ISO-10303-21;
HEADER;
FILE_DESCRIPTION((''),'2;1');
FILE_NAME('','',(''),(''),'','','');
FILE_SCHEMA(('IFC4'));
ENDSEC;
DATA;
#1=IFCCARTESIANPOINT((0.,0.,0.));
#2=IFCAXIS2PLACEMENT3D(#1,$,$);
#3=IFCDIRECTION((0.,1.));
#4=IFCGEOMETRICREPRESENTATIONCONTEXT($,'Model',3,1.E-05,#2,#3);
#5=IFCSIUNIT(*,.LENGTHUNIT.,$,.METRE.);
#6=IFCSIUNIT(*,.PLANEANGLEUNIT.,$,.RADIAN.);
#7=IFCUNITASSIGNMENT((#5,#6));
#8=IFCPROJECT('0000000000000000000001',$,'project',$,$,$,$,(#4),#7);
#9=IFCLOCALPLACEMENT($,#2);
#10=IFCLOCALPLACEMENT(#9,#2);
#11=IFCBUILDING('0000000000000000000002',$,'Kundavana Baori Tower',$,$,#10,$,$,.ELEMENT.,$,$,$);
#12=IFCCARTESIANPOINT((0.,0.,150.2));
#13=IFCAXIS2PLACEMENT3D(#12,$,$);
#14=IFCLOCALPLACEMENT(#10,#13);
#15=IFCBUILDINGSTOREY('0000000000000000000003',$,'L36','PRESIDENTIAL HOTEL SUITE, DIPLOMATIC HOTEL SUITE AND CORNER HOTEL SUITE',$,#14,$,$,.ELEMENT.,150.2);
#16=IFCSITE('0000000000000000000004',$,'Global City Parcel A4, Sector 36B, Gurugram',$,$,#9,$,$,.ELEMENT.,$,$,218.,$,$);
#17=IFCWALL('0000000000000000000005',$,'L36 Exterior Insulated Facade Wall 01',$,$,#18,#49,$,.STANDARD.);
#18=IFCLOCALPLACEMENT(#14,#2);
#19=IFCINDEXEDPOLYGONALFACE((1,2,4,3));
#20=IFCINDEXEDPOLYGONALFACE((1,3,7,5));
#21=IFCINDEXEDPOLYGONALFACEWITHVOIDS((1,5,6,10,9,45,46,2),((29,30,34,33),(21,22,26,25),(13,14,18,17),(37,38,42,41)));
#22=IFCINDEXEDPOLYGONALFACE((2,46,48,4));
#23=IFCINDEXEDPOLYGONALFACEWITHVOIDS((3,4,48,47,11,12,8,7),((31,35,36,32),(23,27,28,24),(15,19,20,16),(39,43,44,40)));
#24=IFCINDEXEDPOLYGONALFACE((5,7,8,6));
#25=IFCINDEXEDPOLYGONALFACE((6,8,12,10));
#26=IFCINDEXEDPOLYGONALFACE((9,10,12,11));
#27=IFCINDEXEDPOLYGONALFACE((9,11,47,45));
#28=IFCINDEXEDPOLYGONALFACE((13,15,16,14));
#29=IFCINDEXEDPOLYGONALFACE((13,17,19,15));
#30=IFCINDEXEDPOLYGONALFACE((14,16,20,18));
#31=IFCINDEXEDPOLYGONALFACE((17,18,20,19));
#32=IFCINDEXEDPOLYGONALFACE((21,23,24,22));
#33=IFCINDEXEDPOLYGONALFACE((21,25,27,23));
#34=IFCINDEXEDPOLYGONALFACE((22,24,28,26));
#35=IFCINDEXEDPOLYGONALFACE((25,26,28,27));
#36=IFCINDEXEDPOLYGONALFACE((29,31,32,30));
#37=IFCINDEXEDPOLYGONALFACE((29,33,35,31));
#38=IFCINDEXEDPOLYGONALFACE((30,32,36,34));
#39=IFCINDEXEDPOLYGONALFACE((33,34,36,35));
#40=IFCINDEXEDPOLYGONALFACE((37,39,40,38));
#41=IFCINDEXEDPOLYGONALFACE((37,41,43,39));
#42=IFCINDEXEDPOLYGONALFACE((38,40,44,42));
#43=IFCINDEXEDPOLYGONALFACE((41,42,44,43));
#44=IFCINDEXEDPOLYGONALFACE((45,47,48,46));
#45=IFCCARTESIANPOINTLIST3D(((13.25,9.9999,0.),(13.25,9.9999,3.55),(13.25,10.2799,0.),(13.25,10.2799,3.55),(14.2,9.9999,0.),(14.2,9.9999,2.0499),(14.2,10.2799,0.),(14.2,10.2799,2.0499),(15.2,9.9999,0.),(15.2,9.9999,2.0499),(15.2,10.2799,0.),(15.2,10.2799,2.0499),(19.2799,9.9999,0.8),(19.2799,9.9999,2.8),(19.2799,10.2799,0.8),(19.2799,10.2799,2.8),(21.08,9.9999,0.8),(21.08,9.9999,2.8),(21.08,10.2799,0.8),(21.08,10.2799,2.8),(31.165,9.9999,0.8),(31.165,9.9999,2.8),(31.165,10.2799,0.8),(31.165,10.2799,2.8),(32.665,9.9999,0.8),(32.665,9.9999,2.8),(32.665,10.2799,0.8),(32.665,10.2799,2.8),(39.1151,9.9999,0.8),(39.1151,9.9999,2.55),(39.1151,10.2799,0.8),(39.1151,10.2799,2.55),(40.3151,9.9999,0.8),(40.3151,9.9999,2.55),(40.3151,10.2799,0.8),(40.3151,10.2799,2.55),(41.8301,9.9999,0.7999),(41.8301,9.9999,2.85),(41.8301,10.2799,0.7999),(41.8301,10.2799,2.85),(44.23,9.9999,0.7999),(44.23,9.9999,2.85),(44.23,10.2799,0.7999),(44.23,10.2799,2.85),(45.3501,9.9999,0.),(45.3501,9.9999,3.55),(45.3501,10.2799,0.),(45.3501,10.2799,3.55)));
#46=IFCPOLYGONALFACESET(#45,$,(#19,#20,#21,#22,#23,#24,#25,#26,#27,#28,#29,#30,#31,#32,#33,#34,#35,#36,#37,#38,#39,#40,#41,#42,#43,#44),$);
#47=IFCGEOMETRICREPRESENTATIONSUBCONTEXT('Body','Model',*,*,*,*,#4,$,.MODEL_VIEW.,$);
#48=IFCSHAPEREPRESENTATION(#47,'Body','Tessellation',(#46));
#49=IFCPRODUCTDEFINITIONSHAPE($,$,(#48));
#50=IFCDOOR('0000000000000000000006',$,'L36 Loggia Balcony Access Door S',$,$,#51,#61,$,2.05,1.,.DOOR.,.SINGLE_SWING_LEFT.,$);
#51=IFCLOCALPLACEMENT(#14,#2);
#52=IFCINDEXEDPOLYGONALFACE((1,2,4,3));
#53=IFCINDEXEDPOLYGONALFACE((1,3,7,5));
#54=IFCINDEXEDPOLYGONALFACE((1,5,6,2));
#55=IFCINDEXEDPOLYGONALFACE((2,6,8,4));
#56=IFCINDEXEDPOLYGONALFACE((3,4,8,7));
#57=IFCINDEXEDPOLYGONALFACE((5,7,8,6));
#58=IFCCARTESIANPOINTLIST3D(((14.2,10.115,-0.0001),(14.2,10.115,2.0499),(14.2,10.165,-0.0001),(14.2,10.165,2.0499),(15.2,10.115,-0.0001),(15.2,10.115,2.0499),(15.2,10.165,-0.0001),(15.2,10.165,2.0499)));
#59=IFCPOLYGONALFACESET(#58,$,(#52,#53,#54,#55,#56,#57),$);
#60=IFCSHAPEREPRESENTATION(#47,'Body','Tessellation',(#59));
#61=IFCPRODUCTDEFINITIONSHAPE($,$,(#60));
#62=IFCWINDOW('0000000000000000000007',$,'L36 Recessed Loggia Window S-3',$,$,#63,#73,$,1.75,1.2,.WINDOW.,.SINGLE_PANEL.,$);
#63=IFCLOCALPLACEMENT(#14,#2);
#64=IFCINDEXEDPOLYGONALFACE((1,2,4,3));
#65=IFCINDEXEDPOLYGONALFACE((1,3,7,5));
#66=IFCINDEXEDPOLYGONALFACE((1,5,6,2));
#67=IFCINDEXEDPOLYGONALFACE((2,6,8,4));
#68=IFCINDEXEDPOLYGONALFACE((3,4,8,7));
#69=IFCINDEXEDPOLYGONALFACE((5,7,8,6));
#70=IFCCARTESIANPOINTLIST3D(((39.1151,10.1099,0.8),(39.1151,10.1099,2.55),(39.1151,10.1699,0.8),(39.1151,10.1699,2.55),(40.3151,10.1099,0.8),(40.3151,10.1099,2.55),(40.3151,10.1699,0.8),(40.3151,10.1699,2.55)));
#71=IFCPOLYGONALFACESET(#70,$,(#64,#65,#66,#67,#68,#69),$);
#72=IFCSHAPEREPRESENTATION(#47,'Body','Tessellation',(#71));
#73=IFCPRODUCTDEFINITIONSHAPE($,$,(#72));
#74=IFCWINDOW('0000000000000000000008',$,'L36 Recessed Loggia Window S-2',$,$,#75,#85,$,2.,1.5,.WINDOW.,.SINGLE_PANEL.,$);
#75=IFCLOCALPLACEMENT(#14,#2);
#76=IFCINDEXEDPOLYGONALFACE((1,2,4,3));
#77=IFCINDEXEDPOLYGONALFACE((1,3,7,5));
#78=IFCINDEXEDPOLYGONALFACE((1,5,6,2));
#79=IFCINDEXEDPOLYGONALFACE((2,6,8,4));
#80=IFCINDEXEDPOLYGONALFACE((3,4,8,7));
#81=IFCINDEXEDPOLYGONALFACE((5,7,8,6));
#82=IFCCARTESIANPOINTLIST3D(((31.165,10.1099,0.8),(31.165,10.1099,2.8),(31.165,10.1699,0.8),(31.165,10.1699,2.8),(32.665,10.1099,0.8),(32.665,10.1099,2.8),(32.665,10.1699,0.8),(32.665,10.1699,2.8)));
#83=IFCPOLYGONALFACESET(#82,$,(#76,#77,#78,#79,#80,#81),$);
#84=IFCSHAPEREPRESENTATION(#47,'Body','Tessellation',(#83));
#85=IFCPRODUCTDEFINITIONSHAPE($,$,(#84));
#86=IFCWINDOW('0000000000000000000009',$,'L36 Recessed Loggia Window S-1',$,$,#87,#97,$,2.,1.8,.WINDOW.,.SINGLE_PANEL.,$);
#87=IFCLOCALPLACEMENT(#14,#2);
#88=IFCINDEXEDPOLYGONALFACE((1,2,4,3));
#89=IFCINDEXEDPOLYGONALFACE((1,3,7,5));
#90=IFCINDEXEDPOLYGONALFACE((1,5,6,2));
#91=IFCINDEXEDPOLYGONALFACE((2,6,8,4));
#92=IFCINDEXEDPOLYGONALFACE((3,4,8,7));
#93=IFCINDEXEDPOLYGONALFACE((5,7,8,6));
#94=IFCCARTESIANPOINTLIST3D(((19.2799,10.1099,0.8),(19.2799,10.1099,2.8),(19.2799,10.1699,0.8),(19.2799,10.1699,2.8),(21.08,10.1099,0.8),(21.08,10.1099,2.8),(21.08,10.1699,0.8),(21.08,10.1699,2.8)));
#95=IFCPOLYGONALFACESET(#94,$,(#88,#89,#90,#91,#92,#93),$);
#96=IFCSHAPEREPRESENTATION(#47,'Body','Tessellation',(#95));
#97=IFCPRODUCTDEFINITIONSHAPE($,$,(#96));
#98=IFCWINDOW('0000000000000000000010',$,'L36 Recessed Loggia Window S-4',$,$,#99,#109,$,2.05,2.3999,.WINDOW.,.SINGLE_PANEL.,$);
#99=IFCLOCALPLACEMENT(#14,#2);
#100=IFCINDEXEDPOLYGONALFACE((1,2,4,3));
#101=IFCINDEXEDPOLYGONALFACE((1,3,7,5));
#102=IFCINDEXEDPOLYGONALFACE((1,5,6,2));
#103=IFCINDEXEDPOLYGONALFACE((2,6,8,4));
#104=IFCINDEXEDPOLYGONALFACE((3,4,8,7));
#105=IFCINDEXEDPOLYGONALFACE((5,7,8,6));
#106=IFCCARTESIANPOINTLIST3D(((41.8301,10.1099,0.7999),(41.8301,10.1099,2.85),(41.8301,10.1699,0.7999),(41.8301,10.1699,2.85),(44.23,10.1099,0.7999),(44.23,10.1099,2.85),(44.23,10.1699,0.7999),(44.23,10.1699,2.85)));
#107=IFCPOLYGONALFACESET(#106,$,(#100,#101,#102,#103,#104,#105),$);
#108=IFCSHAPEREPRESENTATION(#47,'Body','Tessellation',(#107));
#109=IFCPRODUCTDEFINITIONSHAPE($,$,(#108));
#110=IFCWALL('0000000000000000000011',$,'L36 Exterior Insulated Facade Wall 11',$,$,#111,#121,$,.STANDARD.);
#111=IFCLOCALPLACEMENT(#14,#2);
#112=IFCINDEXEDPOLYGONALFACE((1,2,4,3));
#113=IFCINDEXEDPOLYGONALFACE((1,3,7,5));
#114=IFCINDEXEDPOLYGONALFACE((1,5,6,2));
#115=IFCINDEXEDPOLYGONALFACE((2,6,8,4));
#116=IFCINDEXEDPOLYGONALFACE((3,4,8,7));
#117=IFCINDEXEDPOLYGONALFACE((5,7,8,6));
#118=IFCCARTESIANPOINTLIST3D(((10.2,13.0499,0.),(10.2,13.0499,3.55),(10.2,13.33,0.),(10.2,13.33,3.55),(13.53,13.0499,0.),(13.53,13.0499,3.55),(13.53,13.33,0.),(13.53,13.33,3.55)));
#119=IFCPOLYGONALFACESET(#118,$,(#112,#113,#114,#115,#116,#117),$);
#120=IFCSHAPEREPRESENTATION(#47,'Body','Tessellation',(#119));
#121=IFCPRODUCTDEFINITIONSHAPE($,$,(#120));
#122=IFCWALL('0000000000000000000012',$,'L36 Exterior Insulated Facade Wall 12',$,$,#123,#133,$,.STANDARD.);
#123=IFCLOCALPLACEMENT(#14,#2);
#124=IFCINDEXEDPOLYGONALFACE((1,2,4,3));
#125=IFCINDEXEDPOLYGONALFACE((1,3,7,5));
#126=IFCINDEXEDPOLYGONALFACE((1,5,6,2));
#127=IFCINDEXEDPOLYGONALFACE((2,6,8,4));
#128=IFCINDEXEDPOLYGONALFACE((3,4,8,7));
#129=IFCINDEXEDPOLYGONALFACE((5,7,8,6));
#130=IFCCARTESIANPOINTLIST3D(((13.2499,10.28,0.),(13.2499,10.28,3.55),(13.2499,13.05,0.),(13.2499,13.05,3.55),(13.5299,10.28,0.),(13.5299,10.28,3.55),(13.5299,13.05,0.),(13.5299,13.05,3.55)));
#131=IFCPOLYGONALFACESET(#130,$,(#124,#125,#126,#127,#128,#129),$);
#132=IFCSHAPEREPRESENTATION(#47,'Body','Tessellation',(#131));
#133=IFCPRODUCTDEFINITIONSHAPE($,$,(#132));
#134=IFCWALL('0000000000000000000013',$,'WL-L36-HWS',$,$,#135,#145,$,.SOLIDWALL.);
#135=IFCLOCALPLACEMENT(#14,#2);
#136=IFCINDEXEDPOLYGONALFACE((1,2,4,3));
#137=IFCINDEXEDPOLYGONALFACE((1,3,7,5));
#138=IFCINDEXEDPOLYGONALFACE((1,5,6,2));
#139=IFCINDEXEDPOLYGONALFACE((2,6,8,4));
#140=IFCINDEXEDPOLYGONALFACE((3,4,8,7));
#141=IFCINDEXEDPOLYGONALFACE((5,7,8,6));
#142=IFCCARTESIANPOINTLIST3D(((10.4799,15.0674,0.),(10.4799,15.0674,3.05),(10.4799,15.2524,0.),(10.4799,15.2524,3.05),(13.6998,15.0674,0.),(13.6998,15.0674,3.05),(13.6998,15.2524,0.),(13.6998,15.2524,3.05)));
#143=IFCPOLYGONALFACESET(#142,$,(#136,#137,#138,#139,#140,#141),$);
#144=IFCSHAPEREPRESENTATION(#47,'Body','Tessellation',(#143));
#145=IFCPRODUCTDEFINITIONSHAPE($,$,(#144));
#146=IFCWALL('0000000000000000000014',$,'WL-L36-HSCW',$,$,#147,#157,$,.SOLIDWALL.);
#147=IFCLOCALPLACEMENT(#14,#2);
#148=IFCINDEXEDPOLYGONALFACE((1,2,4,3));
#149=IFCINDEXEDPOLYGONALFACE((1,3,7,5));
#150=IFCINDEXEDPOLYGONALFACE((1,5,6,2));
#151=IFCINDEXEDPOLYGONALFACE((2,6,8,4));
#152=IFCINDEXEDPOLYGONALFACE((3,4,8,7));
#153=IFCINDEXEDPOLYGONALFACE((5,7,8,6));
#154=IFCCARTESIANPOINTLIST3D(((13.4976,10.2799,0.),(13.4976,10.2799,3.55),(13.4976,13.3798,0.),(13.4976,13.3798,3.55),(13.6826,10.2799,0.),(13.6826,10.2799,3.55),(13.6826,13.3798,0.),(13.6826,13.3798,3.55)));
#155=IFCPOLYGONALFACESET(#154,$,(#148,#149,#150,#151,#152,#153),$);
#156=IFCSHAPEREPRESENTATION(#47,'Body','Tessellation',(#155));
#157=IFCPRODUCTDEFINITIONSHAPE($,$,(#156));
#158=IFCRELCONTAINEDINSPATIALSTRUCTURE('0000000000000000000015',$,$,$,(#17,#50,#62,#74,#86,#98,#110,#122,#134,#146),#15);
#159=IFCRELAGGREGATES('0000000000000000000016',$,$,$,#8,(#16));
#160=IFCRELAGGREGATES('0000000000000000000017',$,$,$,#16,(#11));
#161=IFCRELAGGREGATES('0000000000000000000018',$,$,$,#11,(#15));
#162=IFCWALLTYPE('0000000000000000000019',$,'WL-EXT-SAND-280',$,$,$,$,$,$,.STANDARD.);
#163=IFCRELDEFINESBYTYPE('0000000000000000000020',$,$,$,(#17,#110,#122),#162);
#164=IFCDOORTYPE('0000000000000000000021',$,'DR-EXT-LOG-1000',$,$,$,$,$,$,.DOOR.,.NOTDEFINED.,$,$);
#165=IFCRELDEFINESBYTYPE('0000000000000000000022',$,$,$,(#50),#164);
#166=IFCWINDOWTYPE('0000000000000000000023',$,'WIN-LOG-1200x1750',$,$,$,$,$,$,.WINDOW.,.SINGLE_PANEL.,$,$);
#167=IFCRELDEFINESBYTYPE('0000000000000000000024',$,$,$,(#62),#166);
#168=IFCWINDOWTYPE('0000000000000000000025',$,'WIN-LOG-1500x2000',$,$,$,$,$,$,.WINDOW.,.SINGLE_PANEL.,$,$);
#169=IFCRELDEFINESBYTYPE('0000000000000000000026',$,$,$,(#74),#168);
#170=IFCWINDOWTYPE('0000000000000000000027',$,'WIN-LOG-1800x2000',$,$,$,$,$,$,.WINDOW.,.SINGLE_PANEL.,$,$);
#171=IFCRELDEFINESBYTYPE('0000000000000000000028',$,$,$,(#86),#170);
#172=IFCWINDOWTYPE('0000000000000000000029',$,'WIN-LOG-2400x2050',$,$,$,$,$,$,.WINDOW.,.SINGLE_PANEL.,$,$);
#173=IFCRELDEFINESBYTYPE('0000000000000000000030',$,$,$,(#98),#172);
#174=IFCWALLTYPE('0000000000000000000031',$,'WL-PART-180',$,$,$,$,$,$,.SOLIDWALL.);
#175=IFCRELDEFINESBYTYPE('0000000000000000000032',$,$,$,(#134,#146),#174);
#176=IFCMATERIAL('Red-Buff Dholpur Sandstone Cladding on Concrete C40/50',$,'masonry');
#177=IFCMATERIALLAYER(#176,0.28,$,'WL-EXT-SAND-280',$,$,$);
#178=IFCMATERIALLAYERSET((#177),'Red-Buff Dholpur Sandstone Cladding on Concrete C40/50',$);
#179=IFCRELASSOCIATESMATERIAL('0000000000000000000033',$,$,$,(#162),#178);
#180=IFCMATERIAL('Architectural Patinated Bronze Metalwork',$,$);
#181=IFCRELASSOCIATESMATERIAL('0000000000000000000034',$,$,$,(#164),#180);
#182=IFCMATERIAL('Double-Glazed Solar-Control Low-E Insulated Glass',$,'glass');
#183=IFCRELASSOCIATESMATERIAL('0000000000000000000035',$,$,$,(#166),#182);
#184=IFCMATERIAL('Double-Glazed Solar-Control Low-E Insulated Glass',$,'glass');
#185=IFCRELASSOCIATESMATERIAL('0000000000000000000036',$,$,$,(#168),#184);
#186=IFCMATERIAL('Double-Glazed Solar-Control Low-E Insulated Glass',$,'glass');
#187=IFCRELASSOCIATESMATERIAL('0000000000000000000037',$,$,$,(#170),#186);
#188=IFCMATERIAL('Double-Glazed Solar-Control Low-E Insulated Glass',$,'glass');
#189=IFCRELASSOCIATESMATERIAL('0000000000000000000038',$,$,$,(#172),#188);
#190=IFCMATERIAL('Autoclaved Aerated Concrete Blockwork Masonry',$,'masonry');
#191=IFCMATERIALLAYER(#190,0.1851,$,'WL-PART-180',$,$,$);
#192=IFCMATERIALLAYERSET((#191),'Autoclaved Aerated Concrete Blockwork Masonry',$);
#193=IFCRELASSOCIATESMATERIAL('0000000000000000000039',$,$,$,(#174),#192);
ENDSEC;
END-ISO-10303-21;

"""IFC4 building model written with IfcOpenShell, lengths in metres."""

from ifc_helpers import new_model, si_unit, direction, frame, frame_2d, origin, place, context, subcontext, project, spatial, rectangle, extrude, material, layer, layer_set, type_object, element, fill, save


model = new_model("IFC4")

# Units and contexts
model_context = context("Model", 3, precision=1e-05, world=origin(), true_north=direction((0.0, 1.0)))
body_context = subcontext(model_context, "Body", "Model", "MODEL_VIEW")
ifc_project = project(units=[si_unit("LENGTHUNIT", "METRE"), si_unit("PLANEANGLEUNIT", "RADIAN")], contexts=[model_context])

# Site, building, storey
site_placement = place(None, origin())
site = spatial("IfcSite", under=ifc_project, at=site_placement, Name="Global City Parcel A4, Sector 36B, Gurugram", CompositionType="ELEMENT", RefElevation=218.0)
building_placement = place(site_placement, origin())
building = spatial("IfcBuilding", under=site, at=building_placement, Name="Kundavana Baori Tower", CompositionType="ELEMENT")
storey_placement = place(building_placement, frame((0.0, 0.0, 150.2)))
storey = spatial("IfcBuildingStorey", under=building, at=storey_placement, Name="L36", Description="PRESIDENTIAL HOTEL SUITE, DIPLOMATIC HOTEL SUITE AND CORNER HOTEL SUITE", CompositionType="ELEMENT", Elevation=150.2)

# Wall, openings, door, windows
ifc_material_1 = material(Name="Red-Buff Dholpur Sandstone Cladding on Concrete C40/50", Category="masonry")
ifc_layer_1 = layer(ifc_material_1, 0.28, Name="WL-EXT-SAND-280")
ifc_layer_set_1 = layer_set([ifc_layer_1], Name="Red-Buff Dholpur Sandstone Cladding on Concrete C40/50")
wall_type_1 = type_object("IfcWallType", Name="WL-EXT-SAND-280", PredefinedType="STANDARD", material=ifc_layer_set_1)
wall_1_placement = place(storey_placement, frame((13.25, 10.1399, 0.0), z_axis=(0.0, 0.0, 1.0), x_axis=(1.0, 0.0, 0.0)))
wall_1 = element("IfcWall", 1, at=wall_1_placement, inside=storey, type_object=wall_type_1, Name="L36 Exterior Insulated Facade Wall 01", PredefinedType="STANDARD", context=body_context, shape_type="SweptSolid", body=[
    extrude(rectangle(XDim=32.1001, YDim=0.28, at=frame_2d((16.05, 0.0))), origin(), (0.0, 0.0, 1.0), 3.55),
])
opening_1_placement = place(wall_1_placement, frame((0.95, 0.0, 0.0)))
opening_1 = element("IfcOpeningElement", 2, at=opening_1_placement, cuts=wall_1, PredefinedType="OPENING", context=body_context, shape_type="SweptSolid", body=[
    extrude(rectangle(XDim=1.0, YDim=2.05, at=frame_2d((0.5, 1.0249))), frame((0.0, 0.1499, 0.0), z_axis=(0.0, -1.0, 0.0), x_axis=(1.0, 0.0, 0.0)), (0.0, 0.0, 1.0), 0.3),
])
opening_2_placement = place(wall_1_placement, frame((6.03, 0.0, 0.8)))
opening_2 = element("IfcOpeningElement", 3, at=opening_2_placement, cuts=wall_1, PredefinedType="OPENING", context=body_context, shape_type="SweptSolid", body=[
    extrude(rectangle(XDim=1.8, YDim=2.0, at=frame_2d((0.8999, 1.0))), frame((0.0, 0.1499, 0.0), z_axis=(0.0, -1.0, 0.0), x_axis=(1.0, 0.0, 0.0)), (0.0, 0.0, 1.0), 0.3),
])
opening_3_placement = place(wall_1_placement, frame((17.915, 0.0, 0.8)))
opening_3 = element("IfcOpeningElement", 4, at=opening_3_placement, cuts=wall_1, PredefinedType="OPENING", context=body_context, shape_type="SweptSolid", body=[
    extrude(rectangle(XDim=1.5, YDim=2.0, at=frame_2d((0.75, 1.0))), frame((0.0, 0.1499, 0.0), z_axis=(0.0, -1.0, 0.0), x_axis=(1.0, 0.0, 0.0)), (0.0, 0.0, 1.0), 0.3),
])
opening_4_placement = place(wall_1_placement, frame((25.865, 0.0, 0.8)))
opening_4 = element("IfcOpeningElement", 5, at=opening_4_placement, cuts=wall_1, PredefinedType="OPENING", context=body_context, shape_type="SweptSolid", body=[
    extrude(rectangle(XDim=1.2, YDim=1.75, at=frame_2d((0.6001, 0.875))), frame((0.0, 0.1499, 0.0), z_axis=(0.0, -1.0, 0.0), x_axis=(1.0, 0.0, 0.0)), (0.0, 0.0, 1.0), 0.3),
])
opening_5_placement = place(wall_1_placement, frame((28.5801, 0.0, 0.8)))
opening_5 = element("IfcOpeningElement", 6, at=opening_5_placement, cuts=wall_1, PredefinedType="OPENING", context=body_context, shape_type="SweptSolid", body=[
    extrude(rectangle(XDim=2.3999, YDim=2.05, at=frame_2d((1.2, 1.0249))), frame((0.0, 0.1499, 0.0), z_axis=(0.0, -1.0, 0.0), x_axis=(1.0, 0.0, 0.0)), (0.0, 0.0, 1.0), 0.3),
])
ifc_material_2 = material(Name="Architectural Patinated Bronze Metalwork")
door_type = type_object("IfcDoorType", Name="DR-EXT-LOG-1000", OperationType="NOTDEFINED", PredefinedType="DOOR", material=ifc_material_2)
door_placement = place(opening_1_placement, frame((1.0, 0.0, 0.0), z_axis=(0.0, 0.0, 1.0), x_axis=(-1.0, 0.0, 0.0)))
door = element("IfcDoor", 7, at=door_placement, inside=storey, type_object=door_type, Name="L36 Loggia Balcony Access Door S", OperationType="SINGLE_SWING_LEFT", OverallHeight=2.05, OverallWidth=1.0, PredefinedType="DOOR", context=body_context, shape_type="SweptSolid", body=[
    extrude(rectangle(XDim=1.0, YDim=2.05, at=frame_2d((0.5, 1.0249))), frame((0.0, 0.0249, 0.0), z_axis=(0.0, -1.0, 0.0), x_axis=(1.0, 0.0, 0.0)), (0.0, 0.0, 1.0), 0.05),
])
fill(opening_1, door)
ifc_material_3 = material(Name="Double-Glazed Solar-Control Low-E Insulated Glass", Category="glass")
window_type_1 = type_object("IfcWindowType", Name="WIN-LOG-1200x1750", PartitioningType="SINGLE_PANEL", PredefinedType="WINDOW", material=ifc_material_3)
window_1_placement = place(opening_4_placement, origin())
window_1 = element("IfcWindow", 8, at=window_1_placement, inside=storey, type_object=window_type_1, Name="L36 Recessed Loggia Window S-3", OverallHeight=1.75, OverallWidth=1.2, PartitioningType="SINGLE_PANEL", PredefinedType="WINDOW", context=body_context, shape_type="SweptSolid", body=[
    extrude(rectangle(XDim=1.2, YDim=1.75, at=frame_2d((0.6001, 0.875))), frame((0.0, 0.03, 0.0), z_axis=(0.0, -1.0, 0.0), x_axis=(1.0, 0.0, 0.0)), (0.0, 0.0, 1.0), 0.0601),
])
fill(opening_4, window_1)
ifc_material_4 = material(Name="Double-Glazed Solar-Control Low-E Insulated Glass", Category="glass")
window_type_2 = type_object("IfcWindowType", Name="WIN-LOG-1500x2000", PartitioningType="SINGLE_PANEL", PredefinedType="WINDOW", material=ifc_material_4)
window_2_placement = place(opening_3_placement, origin())
window_2 = element("IfcWindow", 9, at=window_2_placement, inside=storey, type_object=window_type_2, Name="L36 Recessed Loggia Window S-2", OverallHeight=2.0, OverallWidth=1.5, PartitioningType="SINGLE_PANEL", PredefinedType="WINDOW", context=body_context, shape_type="SweptSolid", body=[
    extrude(rectangle(XDim=1.5, YDim=2.0, at=frame_2d((0.75, 1.0))), frame((0.0, 0.03, 0.0), z_axis=(0.0, -1.0, 0.0), x_axis=(1.0, 0.0, 0.0)), (0.0, 0.0, 1.0), 0.0601),
])
fill(opening_3, window_2)
ifc_material_5 = material(Name="Double-Glazed Solar-Control Low-E Insulated Glass", Category="glass")
window_type_3 = type_object("IfcWindowType", Name="WIN-LOG-1800x2000", PartitioningType="SINGLE_PANEL", PredefinedType="WINDOW", material=ifc_material_5)
window_3_placement = place(opening_2_placement, origin())
window_3 = element("IfcWindow", 10, at=window_3_placement, inside=storey, type_object=window_type_3, Name="L36 Recessed Loggia Window S-1", OverallHeight=2.0, OverallWidth=1.8, PartitioningType="SINGLE_PANEL", PredefinedType="WINDOW", context=body_context, shape_type="SweptSolid", body=[
    extrude(rectangle(XDim=1.8, YDim=2.0, at=frame_2d((0.8999, 1.0))), frame((0.0, 0.03, 0.0), z_axis=(0.0, -1.0, 0.0), x_axis=(1.0, 0.0, 0.0)), (0.0, 0.0, 1.0), 0.0601),
])
fill(opening_2, window_3)
ifc_material_6 = material(Name="Double-Glazed Solar-Control Low-E Insulated Glass", Category="glass")
window_type_4 = type_object("IfcWindowType", Name="WIN-LOG-2400x2050", PartitioningType="SINGLE_PANEL", PredefinedType="WINDOW", material=ifc_material_6)
window_4_placement = place(opening_5_placement, origin())
window_4 = element("IfcWindow", 11, at=window_4_placement, inside=storey, type_object=window_type_4, Name="L36 Recessed Loggia Window S-4", OverallHeight=2.05, OverallWidth=2.3999, PartitioningType="SINGLE_PANEL", PredefinedType="WINDOW", context=body_context, shape_type="SweptSolid", body=[
    extrude(rectangle(XDim=2.3999, YDim=2.05, at=frame_2d((1.2, 1.0249))), frame((0.0, 0.03, 0.0), z_axis=(0.0, -1.0, 0.0), x_axis=(1.0, 0.0, 0.0)), (0.0, 0.0, 1.0), 0.0601),
])
fill(opening_5, window_4)

# Walls
wall_2_placement = place(storey_placement, frame((10.2, 13.1899, 0.0), z_axis=(0.0, 0.0, 1.0), x_axis=(1.0, 0.0, 0.0)))
element("IfcWall", 12, at=wall_2_placement, inside=storey, type_object=wall_type_1, Name="L36 Exterior Insulated Facade Wall 11", PredefinedType="STANDARD", context=body_context, shape_type="SweptSolid", body=[
    extrude(rectangle(XDim=3.3301, YDim=0.28, at=frame_2d((1.665, 0.0))), origin(), (0.0, 0.0, 1.0), 3.55),
])
wall_3_placement = place(storey_placement, frame((13.3899, 13.05, 0.0), z_axis=(0.0, 0.0, 1.0), x_axis=(0.0, -1.0, 0.0)))
element("IfcWall", 13, at=wall_3_placement, inside=storey, type_object=wall_type_1, Name="L36 Exterior Insulated Facade Wall 12", PredefinedType="STANDARD", context=body_context, shape_type="SweptSolid", body=[
    extrude(rectangle(XDim=2.77, YDim=0.28, at=frame_2d((1.385, 0.0))), origin(), (0.0, 0.0, 1.0), 3.55),
])
ifc_material_7 = material(Name="Autoclaved Aerated Concrete Blockwork Masonry", Category="masonry")
ifc_layer_2 = layer(ifc_material_7, 0.1851, Name="WL-PART-180")
ifc_layer_set_2 = layer_set([ifc_layer_2], Name="Autoclaved Aerated Concrete Blockwork Masonry")
wall_type_2 = type_object("IfcWallType", Name="WL-PART-180", PredefinedType="SOLIDWALL", material=ifc_layer_set_2)
wall_4_placement = place(storey_placement, frame((10.48, 15.1599, 0.0), z_axis=(0.0, 0.0, 1.0), x_axis=(1.0, 0.0, 0.0)))
element("IfcWall", 14, at=wall_4_placement, inside=storey, type_object=wall_type_2, Name="WL-L36-HWS", PredefinedType="SOLIDWALL", context=body_context, shape_type="SweptSolid", body=[
    extrude(rectangle(XDim=3.22, YDim=0.1851, at=frame_2d((1.6099, 0.0))), origin(), (0.0, 0.0, 1.0), 3.05),
])
wall_5_placement = place(storey_placement, frame((13.5901, 10.28, 0.0), z_axis=(0.0, 0.0, 1.0), x_axis=(0.0, 1.0, 0.0)))
element("IfcWall", 15, at=wall_5_placement, inside=storey, type_object=wall_type_2, Name="WL-L36-HSCW", PredefinedType="SOLIDWALL", context=body_context, shape_type="SweptSolid", body=[
    extrude(rectangle(XDim=3.0999, YDim=0.1851, at=frame_2d((1.5498, 0.0))), origin(), (0.0, 0.0, 1.0), 3.55),
])

save(model, "model.ifc")
